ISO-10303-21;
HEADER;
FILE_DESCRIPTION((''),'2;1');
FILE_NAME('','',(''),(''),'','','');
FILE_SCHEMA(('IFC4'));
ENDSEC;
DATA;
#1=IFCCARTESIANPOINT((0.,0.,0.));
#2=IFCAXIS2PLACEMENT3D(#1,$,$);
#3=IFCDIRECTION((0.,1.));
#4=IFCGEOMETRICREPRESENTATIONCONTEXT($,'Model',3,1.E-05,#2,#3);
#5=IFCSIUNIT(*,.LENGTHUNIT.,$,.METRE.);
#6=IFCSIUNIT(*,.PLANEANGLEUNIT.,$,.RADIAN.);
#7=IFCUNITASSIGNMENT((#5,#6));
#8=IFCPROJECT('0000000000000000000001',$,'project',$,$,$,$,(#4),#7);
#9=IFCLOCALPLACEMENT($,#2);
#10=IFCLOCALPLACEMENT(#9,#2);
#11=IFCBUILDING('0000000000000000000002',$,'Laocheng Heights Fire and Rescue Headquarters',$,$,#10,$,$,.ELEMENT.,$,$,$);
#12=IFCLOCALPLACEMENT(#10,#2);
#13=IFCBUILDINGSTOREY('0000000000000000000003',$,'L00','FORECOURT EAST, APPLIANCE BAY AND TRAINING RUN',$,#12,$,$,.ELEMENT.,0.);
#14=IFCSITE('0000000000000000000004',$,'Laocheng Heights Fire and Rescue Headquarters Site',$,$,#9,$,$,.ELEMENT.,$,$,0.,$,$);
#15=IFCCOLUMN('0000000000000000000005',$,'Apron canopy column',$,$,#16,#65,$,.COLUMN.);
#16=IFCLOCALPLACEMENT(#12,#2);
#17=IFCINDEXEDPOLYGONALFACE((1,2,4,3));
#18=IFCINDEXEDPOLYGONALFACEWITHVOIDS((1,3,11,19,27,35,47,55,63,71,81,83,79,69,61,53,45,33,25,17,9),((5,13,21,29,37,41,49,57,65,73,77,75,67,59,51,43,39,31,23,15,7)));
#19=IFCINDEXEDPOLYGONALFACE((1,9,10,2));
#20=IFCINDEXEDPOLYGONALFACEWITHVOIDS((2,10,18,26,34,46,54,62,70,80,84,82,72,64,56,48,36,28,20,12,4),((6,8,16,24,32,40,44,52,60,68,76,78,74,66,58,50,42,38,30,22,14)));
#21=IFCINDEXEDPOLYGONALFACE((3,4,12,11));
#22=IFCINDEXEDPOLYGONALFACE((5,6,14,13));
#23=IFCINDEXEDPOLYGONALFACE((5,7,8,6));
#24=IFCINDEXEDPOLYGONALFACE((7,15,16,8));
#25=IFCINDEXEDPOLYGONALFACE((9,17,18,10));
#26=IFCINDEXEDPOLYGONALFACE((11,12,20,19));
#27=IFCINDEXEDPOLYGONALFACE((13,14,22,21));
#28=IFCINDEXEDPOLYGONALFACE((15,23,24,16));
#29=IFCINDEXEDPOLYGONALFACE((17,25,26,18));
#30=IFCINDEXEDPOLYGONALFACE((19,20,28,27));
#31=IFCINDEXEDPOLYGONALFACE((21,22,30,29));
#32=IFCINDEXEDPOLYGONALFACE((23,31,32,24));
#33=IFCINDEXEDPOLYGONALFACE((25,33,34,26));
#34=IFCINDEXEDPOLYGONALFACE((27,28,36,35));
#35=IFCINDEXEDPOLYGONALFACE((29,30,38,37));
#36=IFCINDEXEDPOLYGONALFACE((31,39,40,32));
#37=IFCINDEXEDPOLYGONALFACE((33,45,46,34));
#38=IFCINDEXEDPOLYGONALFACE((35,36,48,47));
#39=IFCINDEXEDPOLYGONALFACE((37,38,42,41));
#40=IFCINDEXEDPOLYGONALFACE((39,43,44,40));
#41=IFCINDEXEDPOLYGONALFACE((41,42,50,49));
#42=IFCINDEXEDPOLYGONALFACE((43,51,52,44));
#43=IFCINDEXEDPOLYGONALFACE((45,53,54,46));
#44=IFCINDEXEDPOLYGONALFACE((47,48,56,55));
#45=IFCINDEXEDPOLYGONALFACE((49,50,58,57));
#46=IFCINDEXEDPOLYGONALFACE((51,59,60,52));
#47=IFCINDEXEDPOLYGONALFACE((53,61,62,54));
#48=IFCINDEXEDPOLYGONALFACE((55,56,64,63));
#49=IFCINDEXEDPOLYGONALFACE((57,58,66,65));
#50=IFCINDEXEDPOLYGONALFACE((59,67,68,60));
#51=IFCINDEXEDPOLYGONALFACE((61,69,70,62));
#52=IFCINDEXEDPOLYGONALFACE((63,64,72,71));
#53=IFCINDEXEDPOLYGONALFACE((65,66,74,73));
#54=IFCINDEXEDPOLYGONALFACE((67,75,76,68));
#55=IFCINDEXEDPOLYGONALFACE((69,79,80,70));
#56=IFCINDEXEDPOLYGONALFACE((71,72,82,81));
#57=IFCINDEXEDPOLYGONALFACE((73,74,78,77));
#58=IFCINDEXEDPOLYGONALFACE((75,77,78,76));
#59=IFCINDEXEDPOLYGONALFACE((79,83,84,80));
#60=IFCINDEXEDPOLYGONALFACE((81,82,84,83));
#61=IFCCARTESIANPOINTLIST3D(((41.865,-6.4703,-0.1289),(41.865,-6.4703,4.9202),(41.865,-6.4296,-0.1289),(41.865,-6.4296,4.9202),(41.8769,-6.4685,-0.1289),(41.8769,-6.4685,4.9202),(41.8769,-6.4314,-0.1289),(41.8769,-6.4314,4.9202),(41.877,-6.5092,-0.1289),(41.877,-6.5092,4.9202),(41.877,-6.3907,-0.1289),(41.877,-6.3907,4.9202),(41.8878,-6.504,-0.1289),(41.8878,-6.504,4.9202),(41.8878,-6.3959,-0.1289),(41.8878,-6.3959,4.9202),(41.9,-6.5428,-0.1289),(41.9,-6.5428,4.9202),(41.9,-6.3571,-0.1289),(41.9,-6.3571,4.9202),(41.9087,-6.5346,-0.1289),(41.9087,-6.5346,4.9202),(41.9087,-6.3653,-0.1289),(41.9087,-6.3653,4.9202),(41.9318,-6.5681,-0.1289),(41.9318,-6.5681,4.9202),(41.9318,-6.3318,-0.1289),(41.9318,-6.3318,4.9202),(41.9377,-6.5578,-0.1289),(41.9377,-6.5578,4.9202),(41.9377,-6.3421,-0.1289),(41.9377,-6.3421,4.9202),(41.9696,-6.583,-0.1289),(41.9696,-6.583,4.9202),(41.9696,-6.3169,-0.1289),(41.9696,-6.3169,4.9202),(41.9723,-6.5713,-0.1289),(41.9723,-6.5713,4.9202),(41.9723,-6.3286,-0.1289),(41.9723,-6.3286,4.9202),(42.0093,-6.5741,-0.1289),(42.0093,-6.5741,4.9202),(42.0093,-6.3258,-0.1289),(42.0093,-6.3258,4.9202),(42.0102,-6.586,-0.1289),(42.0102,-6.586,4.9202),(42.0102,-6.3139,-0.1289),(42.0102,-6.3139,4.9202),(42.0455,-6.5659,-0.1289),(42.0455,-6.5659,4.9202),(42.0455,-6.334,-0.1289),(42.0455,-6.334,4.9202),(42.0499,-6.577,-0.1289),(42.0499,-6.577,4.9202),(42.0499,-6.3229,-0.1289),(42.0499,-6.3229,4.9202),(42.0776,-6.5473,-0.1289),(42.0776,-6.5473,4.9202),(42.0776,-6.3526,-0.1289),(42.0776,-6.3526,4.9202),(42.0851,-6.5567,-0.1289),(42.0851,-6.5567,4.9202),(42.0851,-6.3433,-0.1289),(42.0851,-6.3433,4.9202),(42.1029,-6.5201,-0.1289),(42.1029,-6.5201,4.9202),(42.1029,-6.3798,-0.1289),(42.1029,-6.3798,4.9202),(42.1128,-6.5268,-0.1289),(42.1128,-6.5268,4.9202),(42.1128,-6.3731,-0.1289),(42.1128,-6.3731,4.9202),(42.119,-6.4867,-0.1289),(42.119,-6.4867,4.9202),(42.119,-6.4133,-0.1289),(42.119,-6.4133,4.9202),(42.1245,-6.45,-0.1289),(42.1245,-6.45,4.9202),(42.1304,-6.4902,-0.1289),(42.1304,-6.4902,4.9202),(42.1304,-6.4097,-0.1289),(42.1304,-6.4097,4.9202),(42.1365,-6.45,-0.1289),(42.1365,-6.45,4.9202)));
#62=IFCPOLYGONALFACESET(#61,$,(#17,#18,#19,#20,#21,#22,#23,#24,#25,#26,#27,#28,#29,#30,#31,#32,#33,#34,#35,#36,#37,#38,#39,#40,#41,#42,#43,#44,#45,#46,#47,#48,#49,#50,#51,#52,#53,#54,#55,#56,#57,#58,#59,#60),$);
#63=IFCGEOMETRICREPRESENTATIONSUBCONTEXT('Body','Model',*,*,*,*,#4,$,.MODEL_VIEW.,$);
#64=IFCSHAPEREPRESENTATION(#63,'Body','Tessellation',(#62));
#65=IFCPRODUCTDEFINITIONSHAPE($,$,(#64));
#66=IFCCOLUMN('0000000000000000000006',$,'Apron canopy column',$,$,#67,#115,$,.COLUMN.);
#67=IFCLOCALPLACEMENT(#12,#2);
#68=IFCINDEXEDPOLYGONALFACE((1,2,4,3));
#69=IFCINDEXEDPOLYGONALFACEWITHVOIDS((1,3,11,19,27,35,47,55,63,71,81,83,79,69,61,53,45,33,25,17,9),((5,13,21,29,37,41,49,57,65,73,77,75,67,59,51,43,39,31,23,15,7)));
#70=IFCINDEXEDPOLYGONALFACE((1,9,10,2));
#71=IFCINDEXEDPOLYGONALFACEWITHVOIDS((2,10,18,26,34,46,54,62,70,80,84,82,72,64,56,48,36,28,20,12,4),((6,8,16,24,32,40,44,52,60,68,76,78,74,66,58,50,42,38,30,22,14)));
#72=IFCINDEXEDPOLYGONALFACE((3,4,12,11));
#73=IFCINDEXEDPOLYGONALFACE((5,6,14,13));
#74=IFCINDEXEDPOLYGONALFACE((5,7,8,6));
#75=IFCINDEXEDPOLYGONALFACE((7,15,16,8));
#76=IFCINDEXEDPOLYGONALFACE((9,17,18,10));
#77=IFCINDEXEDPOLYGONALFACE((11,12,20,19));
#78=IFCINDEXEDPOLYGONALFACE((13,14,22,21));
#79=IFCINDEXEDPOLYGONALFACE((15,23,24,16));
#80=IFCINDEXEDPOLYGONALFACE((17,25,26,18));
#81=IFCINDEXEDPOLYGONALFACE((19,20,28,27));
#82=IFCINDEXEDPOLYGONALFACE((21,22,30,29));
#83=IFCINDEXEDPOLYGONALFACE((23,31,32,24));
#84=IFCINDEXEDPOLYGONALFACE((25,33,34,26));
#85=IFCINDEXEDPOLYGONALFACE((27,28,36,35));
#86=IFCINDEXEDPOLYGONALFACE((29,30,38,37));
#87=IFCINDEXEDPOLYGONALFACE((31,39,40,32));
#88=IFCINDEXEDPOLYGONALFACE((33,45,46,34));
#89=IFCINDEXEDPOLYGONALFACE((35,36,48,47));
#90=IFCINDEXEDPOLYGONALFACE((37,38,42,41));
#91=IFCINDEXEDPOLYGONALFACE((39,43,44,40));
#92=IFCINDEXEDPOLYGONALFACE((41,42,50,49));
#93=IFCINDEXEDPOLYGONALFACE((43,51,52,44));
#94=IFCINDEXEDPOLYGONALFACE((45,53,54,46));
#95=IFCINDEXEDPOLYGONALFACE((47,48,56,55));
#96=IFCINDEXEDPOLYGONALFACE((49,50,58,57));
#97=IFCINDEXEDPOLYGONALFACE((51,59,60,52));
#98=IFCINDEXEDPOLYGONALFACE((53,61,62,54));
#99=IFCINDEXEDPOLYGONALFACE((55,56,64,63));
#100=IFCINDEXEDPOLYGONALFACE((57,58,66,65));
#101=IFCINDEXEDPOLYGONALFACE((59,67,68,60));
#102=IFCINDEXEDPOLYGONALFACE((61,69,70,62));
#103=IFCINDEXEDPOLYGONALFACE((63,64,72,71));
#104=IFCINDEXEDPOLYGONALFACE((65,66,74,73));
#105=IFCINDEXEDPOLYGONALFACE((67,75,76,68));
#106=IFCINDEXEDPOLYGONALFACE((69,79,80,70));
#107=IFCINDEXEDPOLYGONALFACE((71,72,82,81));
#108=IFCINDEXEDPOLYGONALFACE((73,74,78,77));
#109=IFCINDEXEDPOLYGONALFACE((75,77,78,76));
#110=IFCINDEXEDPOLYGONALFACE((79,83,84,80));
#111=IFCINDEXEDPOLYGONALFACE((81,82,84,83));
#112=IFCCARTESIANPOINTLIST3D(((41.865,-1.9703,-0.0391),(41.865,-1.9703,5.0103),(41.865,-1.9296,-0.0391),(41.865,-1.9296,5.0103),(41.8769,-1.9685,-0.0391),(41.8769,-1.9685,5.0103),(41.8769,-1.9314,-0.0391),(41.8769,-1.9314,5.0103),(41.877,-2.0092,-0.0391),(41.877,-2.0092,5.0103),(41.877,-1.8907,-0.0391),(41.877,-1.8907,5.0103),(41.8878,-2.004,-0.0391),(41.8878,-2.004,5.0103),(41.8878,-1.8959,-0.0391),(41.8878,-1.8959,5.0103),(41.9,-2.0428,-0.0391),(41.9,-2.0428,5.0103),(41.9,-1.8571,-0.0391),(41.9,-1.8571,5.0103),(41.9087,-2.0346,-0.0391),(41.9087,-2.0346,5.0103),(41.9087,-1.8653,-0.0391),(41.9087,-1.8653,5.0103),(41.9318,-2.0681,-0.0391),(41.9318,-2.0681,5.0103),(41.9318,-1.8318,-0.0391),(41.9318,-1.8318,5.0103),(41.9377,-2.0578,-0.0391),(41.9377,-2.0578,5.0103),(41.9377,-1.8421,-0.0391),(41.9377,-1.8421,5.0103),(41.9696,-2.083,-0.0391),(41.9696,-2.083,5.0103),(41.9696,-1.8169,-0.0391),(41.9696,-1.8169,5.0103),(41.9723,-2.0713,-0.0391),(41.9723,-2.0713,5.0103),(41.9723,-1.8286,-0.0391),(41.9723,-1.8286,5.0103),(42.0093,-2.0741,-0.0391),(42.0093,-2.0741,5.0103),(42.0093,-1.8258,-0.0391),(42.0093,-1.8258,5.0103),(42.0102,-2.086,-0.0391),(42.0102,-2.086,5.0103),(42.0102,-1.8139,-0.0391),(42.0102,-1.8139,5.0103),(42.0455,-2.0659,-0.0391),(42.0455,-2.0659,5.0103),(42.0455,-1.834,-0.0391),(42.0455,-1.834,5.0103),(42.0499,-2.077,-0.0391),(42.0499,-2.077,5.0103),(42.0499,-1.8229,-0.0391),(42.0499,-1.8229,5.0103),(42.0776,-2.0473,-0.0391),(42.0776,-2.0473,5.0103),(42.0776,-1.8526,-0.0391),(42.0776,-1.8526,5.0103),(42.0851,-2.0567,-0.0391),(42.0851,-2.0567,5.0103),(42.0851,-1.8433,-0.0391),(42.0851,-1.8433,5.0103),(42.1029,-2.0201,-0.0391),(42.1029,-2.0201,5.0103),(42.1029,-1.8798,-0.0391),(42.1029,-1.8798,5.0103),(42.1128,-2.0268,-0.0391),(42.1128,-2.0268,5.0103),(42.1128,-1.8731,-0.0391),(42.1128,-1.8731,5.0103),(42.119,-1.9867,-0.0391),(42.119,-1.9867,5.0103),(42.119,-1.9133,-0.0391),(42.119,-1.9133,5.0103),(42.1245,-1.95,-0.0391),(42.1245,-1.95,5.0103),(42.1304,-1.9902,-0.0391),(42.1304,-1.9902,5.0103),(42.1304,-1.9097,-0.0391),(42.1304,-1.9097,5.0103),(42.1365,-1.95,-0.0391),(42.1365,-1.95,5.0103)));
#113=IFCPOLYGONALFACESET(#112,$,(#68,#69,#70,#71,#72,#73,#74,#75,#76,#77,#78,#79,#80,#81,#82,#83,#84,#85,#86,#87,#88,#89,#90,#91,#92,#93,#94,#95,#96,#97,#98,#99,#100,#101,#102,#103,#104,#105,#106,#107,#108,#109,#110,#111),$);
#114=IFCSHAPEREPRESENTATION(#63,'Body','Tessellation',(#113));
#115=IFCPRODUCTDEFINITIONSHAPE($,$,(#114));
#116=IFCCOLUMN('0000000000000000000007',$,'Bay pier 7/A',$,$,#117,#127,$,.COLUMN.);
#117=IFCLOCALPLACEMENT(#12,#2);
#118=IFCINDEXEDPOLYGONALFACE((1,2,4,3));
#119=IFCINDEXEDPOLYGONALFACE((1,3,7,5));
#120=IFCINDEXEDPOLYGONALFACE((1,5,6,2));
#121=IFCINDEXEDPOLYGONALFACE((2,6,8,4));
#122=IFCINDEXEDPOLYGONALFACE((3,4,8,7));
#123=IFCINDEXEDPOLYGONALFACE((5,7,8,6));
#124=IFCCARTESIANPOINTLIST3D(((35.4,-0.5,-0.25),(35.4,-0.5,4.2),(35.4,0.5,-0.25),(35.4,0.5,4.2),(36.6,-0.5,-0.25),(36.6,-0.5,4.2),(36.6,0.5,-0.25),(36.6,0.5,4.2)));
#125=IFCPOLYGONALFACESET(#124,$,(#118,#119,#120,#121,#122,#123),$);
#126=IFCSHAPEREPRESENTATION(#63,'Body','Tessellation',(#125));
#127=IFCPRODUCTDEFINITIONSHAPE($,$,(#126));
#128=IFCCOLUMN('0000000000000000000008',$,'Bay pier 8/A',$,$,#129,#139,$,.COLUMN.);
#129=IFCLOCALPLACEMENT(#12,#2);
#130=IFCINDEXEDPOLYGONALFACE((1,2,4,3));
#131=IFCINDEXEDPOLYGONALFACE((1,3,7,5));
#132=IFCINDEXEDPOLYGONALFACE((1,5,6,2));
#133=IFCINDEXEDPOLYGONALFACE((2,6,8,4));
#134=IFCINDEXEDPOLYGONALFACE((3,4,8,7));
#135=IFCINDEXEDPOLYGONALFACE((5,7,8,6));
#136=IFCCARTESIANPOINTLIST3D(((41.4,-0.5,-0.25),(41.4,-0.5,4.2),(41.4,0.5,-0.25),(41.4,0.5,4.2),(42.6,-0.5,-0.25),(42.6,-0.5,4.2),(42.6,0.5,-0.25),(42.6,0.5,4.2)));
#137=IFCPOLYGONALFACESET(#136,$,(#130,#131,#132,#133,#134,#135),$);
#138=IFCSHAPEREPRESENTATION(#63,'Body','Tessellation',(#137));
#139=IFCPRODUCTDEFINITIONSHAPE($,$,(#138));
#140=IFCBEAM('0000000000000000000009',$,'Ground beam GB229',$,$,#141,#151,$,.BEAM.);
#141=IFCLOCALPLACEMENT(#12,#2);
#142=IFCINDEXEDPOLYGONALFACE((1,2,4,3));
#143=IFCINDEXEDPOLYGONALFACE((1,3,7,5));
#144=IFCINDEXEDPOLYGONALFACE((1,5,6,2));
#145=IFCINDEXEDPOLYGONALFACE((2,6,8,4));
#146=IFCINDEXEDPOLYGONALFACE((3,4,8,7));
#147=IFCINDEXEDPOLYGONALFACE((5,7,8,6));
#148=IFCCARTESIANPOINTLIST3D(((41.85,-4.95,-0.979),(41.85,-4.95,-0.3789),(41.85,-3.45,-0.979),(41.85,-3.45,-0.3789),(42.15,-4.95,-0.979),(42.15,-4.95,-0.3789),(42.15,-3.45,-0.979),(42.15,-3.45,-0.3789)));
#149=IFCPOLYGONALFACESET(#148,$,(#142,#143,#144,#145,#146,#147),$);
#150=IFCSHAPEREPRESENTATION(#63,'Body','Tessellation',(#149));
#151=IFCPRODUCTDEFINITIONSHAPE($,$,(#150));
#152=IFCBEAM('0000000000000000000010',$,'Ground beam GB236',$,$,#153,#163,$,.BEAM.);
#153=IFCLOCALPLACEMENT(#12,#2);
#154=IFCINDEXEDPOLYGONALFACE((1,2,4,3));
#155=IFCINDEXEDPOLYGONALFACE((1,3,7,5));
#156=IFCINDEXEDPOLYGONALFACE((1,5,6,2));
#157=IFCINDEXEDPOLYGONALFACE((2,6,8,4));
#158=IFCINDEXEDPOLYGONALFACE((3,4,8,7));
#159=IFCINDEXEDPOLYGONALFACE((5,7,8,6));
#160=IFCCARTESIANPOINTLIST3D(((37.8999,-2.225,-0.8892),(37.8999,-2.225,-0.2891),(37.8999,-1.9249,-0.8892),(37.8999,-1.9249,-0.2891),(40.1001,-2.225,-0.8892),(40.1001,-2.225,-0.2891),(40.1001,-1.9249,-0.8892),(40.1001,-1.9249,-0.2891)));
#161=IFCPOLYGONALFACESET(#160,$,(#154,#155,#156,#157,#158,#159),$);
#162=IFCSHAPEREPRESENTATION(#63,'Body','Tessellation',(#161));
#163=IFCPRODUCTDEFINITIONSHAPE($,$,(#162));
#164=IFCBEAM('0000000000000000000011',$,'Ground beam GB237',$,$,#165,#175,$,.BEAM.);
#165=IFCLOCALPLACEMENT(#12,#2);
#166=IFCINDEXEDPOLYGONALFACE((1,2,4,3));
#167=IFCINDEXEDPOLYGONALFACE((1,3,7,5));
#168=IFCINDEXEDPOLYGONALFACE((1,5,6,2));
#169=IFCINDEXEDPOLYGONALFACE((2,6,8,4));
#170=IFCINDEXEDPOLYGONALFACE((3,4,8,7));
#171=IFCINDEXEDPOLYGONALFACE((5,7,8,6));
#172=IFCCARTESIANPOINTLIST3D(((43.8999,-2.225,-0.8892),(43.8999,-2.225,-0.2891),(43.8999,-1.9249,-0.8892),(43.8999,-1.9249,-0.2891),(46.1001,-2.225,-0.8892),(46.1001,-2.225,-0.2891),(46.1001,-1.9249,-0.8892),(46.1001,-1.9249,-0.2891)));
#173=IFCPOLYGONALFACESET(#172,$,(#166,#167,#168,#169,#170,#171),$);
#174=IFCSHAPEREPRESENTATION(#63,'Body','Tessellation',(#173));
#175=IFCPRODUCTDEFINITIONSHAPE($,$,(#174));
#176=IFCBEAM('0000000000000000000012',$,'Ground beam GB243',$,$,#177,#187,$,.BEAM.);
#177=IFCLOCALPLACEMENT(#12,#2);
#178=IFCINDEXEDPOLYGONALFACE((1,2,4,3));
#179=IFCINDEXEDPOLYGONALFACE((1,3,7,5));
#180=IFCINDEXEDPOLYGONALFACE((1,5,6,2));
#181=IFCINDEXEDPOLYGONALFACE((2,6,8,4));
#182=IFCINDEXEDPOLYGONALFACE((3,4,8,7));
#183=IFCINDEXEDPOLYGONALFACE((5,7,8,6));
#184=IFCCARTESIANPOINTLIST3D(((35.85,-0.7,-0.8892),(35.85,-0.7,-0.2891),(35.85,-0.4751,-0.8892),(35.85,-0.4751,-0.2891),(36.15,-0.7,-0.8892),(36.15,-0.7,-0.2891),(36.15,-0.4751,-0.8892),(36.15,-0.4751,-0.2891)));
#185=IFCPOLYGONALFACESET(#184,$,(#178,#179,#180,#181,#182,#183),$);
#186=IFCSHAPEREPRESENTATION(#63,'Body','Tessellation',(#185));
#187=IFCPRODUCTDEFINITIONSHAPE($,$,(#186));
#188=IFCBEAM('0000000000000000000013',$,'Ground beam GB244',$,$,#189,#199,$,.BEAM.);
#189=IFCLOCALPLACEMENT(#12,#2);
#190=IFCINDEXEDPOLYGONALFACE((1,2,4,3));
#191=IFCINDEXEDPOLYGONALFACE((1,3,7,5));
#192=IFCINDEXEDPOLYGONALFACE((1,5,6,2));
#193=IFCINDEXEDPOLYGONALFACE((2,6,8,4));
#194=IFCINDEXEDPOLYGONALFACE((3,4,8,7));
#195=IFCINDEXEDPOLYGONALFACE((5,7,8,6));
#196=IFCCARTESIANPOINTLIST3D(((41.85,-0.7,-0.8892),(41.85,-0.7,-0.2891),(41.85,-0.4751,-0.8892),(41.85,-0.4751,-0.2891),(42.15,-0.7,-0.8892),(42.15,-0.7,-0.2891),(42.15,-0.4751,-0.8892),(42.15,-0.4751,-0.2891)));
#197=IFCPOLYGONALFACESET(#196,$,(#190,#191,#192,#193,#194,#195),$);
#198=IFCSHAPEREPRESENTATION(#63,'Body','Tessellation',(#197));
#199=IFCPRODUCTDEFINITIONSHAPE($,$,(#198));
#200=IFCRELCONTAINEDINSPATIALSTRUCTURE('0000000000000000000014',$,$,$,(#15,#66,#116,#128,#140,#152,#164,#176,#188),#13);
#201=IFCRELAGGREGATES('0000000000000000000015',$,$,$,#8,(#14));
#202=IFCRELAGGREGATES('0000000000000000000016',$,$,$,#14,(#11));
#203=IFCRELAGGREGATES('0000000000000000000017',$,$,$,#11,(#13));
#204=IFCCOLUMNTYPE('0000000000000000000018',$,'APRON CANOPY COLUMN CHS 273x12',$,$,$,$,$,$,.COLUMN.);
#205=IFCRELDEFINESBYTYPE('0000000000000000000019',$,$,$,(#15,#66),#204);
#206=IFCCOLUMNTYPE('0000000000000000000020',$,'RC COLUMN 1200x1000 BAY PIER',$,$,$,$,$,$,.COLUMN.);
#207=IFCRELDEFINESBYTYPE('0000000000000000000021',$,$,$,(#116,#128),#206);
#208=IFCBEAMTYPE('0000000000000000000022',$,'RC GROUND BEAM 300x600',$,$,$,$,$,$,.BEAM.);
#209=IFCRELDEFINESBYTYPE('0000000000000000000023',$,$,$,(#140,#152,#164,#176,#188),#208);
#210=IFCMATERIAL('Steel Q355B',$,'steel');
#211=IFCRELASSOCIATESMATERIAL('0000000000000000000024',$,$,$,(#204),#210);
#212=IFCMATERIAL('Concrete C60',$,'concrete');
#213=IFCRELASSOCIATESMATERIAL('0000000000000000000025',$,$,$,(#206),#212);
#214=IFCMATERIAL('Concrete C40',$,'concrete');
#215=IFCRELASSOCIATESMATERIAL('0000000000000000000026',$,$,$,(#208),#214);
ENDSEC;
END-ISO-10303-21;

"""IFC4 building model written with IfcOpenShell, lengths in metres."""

from ifc_helpers import new_model, si_unit, direction, frame, origin, origin_2d, place, context, subcontext, project, spatial, rectangle, hollow_circle, extrude, material, material_profile, profile_set, type_object, element, save


model = new_model("IFC4")

# Units and contexts
model_context = context("Model", 3, precision=1e-05, world=origin(), true_north=direction((0.0, 1.0)))
body_context = subcontext(model_context, "Body", "Model", "MODEL_VIEW")
ifc_project = project(units=[si_unit("LENGTHUNIT", "METRE"), si_unit("PLANEANGLEUNIT", "RADIAN")], contexts=[model_context])

# Site, building, storey
site_placement = place(None, origin())
site = spatial("IfcSite", under=ifc_project, at=site_placement, Name="Laocheng Heights Fire and Rescue Headquarters Site", CompositionType="ELEMENT", RefElevation=0.0)
building_placement = place(site_placement, origin())
building = spatial("IfcBuilding", under=site, at=building_placement, Name="Laocheng Heights Fire and Rescue Headquarters", CompositionType="ELEMENT")
storey_placement = place(building_placement, origin())
storey = spatial("IfcBuildingStorey", under=building, at=storey_placement, Name="L00", Description="FORECOURT EAST, APPLIANCE BAY AND TRAINING RUN", CompositionType="ELEMENT", Elevation=0.0)

# Columns
ifc_material_1 = material(Name="Steel Q355B", Category="steel")
ifc_material_profile_1 = material_profile(ifc_material_1, hollow_circle(Radius=0.1365, WallThickness=0.012, at=origin_2d()), Name="CHS 273x12")
ifc_profile_set_1 = profile_set([ifc_material_profile_1], Name="Steel Q355B")
column_type_1 = type_object("IfcColumnType", Name="APRON CANOPY COLUMN CHS 273x12", PredefinedType="COLUMN", material=ifc_profile_set_1)
column_1_placement = place(storey_placement, frame((42.0, -6.45, -0.1289), z_axis=(0.0, 0.0, 1.0), x_axis=(1.0, 0.0, 0.0)))
element("IfcColumn", 1, at=column_1_placement, inside=storey, type_object=column_type_1, Name="Apron canopy column", PredefinedType="COLUMN", context=body_context, shape_type="SweptSolid", body=[
    extrude(hollow_circle(Radius=0.1365, WallThickness=0.012, at=origin_2d()), origin(), (0.0, 0.0, 1.0), 5.0491),
])
column_2_placement = place(storey_placement, frame((42.0, -1.95, -0.0391), z_axis=(0.0, 0.0, 1.0), x_axis=(1.0, 0.0, 0.0)))
element("IfcColumn", 2, at=column_2_placement, inside=storey, type_object=column_type_1, Name="Apron canopy column", PredefinedType="COLUMN", context=body_context, shape_type="SweptSolid", body=[
    extrude(hollow_circle(Radius=0.1365, WallThickness=0.012, at=origin_2d()), origin(), (0.0, 0.0, 1.0), 5.0493),
])
ifc_material_2 = material(Name="Concrete C60", Category="concrete")
ifc_material_profile_2 = material_profile(ifc_material_2, rectangle(XDim=1.2, YDim=1.0, at=origin_2d()), Name="RC COLUMN 1200x1000 BAY PIER")
ifc_profile_set_2 = profile_set([ifc_material_profile_2], Name="Concrete C60")
column_type_2 = type_object("IfcColumnType", Name="RC COLUMN 1200x1000 BAY PIER", PredefinedType="COLUMN", material=ifc_profile_set_2)
for number, where, z_axis, x_axis, name in (
    (3, (36.0, 0.0, -0.25), (0.0, 0.0, 1.0), (1.0, 0.0, 0.0), "Bay pier 7/A"),
    (4, (42.0, 0.0, -0.25), (0.0, 0.0, 1.0), (1.0, 0.0, 0.0), "Bay pier 8/A"),
):
    element("IfcColumn", number, at=place(storey_placement, frame(where, z_axis=z_axis, x_axis=x_axis)), inside=storey, type_object=column_type_2, Name=name, PredefinedType="COLUMN", context=body_context, shape_type="SweptSolid", body=[
        extrude(rectangle(XDim=1.2, YDim=1.0, at=origin_2d()), origin(), (0.0, 0.0, 1.0), 4.45),
    ])

# Beams
ifc_material_3 = material(Name="Concrete C40", Category="concrete")
ifc_material_profile_3 = material_profile(ifc_material_3, rectangle(XDim=0.3, YDim=0.6001, at=origin_2d()), Name="RC GROUND BEAM 300x600")
ifc_profile_set_3 = profile_set([ifc_material_profile_3], Name="Concrete C40")
beam_type_1 = type_object("IfcBeamType", Name="RC GROUND BEAM 300x600", PredefinedType="BEAM", material=ifc_profile_set_3)
beam_placement = place(storey_placement, frame((42.0, -4.95, -0.679), z_axis=(0.0, 1.0, 0.0), x_axis=(-1.0, 0.0, 0.0)))
element("IfcBeam", 5, at=beam_placement, inside=storey, type_object=beam_type_1, Name="Ground beam GB229", PredefinedType="BEAM", context=body_context, shape_type="SweptSolid", body=[
    extrude(rectangle(XDim=0.3, YDim=0.6001, at=origin_2d()), origin(), (0.0, 0.0, 1.0), 1.5),
])
for number, where, z_axis, x_axis, name in (
    (6, (37.8999, -2.075, -0.5891), (1.0, 0.0, 0.0), (0.0, 1.0, 0.0), "Ground beam GB236"),
    (7, (43.8999, -2.075, -0.5891), (1.0, 0.0, 0.0), (0.0, 1.0, 0.0), "Ground beam GB237"),
):
    element("IfcBeam", number, at=place(storey_placement, frame(where, z_axis=z_axis, x_axis=x_axis)), inside=storey, type_object=beam_type_1, Name=name, PredefinedType="BEAM", context=body_context, shape_type="SweptSolid", body=[
        extrude(rectangle(XDim=0.3, YDim=0.6001, at=origin_2d()), origin(), (0.0, 0.0, 1.0), 2.2002),
    ])
for number, where, z_axis, x_axis, name in (
    (8, (36.0, -0.7, -0.5891), (0.0, 1.0, 0.0), (-1.0, 0.0, 0.0), "Ground beam GB243"),
    (9, (42.0, -0.7, -0.5891), (0.0, 1.0, 0.0), (-1.0, 0.0, 0.0), "Ground beam GB244"),
):
    element("IfcBeam", number, at=place(storey_placement, frame(where, z_axis=z_axis, x_axis=x_axis)), inside=storey, type_object=beam_type_1, Name=name, PredefinedType="BEAM", context=body_context, shape_type="SweptSolid", body=[
        extrude(rectangle(XDim=0.3, YDim=0.6001, at=origin_2d()), origin(), (0.0, 0.0, 1.0), 0.2249),
    ])

save(model, "model.ifc")
